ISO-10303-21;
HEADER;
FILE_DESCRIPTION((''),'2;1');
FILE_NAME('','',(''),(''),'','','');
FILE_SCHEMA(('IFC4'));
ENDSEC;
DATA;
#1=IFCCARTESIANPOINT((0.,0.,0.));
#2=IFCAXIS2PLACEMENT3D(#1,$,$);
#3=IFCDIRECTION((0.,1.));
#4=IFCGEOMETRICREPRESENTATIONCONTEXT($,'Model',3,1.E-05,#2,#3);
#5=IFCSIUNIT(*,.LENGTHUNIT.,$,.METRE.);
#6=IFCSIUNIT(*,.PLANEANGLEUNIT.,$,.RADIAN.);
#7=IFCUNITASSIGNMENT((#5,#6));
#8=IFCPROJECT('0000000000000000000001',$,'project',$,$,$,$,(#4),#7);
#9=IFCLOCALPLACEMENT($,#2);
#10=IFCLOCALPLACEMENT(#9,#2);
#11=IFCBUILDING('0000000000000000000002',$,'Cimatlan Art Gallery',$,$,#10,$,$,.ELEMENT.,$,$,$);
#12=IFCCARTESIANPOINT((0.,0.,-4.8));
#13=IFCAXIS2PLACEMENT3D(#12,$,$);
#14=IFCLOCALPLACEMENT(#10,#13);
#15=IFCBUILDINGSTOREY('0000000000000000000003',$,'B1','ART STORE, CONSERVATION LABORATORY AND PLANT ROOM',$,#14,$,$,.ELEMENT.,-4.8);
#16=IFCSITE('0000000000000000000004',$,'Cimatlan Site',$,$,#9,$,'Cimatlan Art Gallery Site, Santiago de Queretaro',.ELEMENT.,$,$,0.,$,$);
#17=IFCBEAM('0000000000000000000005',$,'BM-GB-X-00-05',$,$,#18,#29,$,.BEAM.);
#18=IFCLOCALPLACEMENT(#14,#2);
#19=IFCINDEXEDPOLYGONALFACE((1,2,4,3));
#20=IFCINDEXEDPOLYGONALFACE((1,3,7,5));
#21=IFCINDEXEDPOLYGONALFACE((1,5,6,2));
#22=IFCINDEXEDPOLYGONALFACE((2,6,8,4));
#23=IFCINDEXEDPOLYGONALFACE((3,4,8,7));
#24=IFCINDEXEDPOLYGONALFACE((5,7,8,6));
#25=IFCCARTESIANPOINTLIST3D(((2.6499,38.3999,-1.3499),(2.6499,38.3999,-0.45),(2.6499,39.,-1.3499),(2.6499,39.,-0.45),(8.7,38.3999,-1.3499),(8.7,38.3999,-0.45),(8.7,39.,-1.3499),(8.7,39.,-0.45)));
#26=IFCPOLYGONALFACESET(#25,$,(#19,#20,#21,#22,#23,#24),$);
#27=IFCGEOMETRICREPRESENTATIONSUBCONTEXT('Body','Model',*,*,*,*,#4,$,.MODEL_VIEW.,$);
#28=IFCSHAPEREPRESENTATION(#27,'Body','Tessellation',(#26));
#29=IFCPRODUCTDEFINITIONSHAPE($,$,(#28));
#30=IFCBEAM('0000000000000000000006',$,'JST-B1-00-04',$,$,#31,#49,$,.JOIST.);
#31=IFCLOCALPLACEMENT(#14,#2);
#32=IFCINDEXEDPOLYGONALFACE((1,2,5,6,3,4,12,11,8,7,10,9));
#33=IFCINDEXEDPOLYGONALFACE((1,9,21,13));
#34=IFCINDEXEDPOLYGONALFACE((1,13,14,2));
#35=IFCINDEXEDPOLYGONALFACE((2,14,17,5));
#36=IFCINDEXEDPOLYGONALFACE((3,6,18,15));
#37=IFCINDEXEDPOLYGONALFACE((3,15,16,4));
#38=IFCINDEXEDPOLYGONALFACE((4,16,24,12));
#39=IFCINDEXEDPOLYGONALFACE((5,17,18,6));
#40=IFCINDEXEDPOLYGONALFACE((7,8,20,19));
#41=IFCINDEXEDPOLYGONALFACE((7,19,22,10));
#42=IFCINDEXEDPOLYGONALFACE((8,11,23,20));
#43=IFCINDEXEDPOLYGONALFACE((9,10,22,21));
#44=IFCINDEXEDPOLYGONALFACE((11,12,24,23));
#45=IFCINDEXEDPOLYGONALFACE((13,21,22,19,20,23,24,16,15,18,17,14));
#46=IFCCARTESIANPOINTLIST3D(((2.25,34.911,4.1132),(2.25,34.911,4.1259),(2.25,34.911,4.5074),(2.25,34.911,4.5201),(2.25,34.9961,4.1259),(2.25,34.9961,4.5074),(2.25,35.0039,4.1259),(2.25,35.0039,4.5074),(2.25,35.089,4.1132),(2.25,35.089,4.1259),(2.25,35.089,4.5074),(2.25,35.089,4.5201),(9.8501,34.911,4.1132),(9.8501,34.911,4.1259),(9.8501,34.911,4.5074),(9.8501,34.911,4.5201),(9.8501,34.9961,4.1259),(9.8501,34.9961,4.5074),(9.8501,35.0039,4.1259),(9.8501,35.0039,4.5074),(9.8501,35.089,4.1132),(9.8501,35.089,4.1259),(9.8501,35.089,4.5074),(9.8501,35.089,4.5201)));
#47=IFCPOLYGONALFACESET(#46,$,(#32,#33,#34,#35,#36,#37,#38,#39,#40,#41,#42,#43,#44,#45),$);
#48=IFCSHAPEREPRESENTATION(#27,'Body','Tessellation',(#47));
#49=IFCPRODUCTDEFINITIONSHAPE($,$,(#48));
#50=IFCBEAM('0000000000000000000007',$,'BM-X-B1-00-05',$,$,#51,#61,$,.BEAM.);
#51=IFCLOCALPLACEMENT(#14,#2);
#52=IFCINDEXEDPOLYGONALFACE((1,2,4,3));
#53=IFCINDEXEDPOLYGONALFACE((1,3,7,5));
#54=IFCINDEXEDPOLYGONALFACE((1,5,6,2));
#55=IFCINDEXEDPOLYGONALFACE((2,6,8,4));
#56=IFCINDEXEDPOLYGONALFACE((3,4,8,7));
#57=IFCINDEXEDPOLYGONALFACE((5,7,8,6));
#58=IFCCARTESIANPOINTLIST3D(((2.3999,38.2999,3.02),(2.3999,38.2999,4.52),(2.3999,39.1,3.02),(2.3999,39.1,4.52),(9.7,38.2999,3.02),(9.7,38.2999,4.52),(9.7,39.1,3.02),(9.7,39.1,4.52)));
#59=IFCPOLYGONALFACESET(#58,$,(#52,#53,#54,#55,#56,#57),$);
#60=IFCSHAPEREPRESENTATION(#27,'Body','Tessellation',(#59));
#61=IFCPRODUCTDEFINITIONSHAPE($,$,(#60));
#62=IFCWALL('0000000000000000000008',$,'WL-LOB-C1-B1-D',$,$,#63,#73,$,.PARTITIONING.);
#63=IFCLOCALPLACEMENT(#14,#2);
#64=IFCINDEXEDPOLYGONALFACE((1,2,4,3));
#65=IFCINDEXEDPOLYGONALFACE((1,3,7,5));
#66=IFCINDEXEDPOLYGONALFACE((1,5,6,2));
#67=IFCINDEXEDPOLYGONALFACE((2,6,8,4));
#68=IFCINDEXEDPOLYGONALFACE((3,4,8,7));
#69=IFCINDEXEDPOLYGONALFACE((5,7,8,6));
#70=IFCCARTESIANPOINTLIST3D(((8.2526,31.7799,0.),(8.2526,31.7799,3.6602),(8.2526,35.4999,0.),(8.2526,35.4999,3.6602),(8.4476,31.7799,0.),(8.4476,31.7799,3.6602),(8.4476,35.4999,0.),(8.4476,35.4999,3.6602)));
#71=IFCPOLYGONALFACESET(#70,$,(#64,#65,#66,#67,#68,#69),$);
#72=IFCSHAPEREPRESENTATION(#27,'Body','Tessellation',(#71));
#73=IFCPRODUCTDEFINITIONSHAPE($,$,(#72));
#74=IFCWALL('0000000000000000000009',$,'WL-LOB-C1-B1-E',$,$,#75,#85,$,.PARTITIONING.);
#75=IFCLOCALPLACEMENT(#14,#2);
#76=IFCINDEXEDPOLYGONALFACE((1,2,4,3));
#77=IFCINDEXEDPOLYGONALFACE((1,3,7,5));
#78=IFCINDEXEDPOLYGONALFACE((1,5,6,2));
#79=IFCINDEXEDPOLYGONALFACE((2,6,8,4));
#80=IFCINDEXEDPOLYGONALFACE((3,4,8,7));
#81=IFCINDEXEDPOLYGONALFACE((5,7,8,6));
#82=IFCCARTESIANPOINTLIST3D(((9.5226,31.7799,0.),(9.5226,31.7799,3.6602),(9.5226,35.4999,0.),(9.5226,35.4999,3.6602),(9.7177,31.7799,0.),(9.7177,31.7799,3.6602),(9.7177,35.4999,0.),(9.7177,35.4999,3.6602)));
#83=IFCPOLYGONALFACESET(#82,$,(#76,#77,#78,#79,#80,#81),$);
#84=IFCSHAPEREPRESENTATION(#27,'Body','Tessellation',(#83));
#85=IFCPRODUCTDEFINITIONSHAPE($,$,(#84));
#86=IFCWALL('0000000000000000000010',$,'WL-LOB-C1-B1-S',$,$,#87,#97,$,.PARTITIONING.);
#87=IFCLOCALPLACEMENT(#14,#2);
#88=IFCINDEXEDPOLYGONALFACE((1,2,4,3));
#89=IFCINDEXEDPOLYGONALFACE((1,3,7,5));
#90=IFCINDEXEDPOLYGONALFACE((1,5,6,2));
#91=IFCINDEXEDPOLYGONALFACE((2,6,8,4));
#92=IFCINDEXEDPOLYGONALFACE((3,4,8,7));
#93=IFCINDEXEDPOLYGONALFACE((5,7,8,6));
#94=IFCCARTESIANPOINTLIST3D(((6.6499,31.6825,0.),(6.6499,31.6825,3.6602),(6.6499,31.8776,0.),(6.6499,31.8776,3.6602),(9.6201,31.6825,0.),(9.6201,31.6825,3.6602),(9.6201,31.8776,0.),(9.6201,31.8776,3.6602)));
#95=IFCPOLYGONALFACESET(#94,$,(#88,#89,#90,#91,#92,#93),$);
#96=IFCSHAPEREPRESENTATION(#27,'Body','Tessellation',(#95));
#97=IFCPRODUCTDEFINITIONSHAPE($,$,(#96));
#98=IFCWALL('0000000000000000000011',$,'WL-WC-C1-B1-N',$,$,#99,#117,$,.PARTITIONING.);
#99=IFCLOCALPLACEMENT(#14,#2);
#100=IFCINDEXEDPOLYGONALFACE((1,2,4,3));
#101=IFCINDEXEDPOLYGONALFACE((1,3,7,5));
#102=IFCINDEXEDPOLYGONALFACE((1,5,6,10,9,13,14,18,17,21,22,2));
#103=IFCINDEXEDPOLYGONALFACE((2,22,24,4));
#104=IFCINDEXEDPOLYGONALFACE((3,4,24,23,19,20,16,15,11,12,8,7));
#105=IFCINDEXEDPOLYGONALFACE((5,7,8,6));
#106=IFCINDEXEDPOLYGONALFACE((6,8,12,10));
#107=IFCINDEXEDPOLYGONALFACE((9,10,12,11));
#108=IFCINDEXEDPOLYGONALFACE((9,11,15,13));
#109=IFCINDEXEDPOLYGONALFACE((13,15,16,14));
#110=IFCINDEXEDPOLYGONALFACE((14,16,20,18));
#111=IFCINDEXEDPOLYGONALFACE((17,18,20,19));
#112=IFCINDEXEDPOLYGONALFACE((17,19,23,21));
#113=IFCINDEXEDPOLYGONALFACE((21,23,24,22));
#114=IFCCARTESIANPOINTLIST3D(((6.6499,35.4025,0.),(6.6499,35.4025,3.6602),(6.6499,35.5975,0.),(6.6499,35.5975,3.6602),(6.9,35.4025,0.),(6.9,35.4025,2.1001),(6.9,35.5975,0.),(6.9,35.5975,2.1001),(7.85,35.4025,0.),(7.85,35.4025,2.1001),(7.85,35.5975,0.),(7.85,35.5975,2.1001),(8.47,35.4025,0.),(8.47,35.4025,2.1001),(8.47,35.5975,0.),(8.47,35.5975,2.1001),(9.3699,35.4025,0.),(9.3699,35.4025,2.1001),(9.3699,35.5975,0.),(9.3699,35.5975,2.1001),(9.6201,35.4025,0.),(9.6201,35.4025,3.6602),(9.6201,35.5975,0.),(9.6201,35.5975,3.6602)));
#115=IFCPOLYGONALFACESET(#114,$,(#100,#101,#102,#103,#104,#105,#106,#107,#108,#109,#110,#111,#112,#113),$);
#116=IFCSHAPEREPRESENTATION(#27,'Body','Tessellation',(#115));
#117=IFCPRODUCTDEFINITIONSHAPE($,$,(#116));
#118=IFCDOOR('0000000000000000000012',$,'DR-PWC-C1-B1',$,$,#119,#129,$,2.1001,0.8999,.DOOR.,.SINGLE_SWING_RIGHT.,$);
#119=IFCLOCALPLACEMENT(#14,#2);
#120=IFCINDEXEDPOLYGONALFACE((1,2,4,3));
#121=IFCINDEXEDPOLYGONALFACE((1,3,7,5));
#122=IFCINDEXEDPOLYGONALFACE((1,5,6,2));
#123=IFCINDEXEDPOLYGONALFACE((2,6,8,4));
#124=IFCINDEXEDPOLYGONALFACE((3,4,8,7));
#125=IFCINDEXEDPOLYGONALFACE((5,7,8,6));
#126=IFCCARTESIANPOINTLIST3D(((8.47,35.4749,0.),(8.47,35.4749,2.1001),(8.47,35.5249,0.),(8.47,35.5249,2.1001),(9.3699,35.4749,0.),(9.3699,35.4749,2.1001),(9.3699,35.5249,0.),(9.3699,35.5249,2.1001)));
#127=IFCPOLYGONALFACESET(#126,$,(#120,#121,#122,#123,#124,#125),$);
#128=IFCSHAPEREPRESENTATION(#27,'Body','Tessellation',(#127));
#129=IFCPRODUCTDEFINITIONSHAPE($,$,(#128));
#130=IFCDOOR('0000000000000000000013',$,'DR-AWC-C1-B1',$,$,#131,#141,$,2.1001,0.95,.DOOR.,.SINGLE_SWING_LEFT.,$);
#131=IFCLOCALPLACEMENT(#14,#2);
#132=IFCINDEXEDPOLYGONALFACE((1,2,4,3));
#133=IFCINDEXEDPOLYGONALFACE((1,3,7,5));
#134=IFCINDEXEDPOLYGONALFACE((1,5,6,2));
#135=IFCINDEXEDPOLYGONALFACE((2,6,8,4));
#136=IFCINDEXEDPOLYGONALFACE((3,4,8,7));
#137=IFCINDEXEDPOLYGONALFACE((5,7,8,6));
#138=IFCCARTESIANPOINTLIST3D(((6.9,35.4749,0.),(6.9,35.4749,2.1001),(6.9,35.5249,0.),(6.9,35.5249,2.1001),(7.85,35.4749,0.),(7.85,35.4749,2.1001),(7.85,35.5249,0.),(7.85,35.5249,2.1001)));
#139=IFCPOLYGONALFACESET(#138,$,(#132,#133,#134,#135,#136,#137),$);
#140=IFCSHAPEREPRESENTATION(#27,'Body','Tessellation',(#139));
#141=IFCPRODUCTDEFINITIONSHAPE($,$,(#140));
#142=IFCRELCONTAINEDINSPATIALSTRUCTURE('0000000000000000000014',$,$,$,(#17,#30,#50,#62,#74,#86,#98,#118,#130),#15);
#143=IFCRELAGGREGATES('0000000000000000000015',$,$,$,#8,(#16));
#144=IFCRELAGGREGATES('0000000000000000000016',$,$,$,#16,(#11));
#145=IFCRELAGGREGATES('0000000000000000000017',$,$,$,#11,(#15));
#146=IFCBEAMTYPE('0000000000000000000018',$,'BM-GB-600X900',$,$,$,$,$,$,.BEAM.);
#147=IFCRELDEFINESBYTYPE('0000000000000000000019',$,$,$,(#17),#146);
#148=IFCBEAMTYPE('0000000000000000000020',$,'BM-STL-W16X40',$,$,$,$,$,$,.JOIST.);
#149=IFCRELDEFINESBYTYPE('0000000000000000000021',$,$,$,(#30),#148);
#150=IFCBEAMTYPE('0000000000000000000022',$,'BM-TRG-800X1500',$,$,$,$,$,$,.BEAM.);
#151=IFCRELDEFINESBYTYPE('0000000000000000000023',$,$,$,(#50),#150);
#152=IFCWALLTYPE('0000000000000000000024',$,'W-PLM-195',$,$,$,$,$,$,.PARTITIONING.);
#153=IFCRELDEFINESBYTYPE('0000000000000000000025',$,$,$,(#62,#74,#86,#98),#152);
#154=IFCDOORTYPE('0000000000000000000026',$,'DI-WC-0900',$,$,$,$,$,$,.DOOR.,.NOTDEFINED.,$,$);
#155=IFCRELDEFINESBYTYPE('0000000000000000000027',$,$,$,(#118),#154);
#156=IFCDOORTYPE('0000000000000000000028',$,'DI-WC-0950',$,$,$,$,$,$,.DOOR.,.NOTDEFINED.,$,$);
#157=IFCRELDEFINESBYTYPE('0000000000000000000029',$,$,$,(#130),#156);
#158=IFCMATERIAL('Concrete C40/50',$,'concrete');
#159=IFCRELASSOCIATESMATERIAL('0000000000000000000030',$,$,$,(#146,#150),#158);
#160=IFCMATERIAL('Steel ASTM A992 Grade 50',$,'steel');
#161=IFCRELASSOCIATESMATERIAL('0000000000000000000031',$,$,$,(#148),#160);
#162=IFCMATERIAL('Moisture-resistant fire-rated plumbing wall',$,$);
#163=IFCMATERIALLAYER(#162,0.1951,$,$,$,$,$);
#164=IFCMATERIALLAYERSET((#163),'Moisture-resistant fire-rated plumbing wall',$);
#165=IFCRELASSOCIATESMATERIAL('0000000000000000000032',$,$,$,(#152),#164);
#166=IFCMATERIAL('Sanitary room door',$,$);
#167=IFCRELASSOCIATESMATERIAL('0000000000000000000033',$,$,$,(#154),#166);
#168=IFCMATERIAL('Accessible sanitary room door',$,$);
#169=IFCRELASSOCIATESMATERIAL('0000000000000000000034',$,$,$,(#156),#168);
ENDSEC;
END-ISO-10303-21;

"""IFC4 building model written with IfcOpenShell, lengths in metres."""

from ifc_helpers import new_model, si_unit, direction, frame, frame_2d, origin, origin_2d, place, context, subcontext, project, spatial, rectangle, i_section, extrude, material, layer, layer_set, material_profile, profile_set, type_object, element, fill, save


model = new_model("IFC4")

# Units and contexts
model_context = context("Model", 3, precision=1e-05, world=origin(), true_north=direction((0.0, 1.0)))
body_context = subcontext(model_context, "Body", "Model", "MODEL_VIEW")
ifc_project = project(units=[si_unit("LENGTHUNIT", "METRE"), si_unit("PLANEANGLEUNIT", "RADIAN")], contexts=[model_context])

# Site, building, storey
site_placement = place(None, origin())
site = spatial("IfcSite", under=ifc_project, at=site_placement, Name="Cimatlan Site", LongName="Cimatlan Art Gallery Site, Santiago de Queretaro", CompositionType="ELEMENT", RefElevation=0.0)
building_placement = place(site_placement, origin())
building = spatial("IfcBuilding", under=site, at=building_placement, Name="Cimatlan Art Gallery", CompositionType="ELEMENT")
storey_placement = place(building_placement, frame((0.0, 0.0, -4.8)))
storey = spatial("IfcBuildingStorey", under=building, at=storey_placement, Name="B1", Description="ART STORE, CONSERVATION LABORATORY AND PLANT ROOM", CompositionType="ELEMENT", Elevation=-4.8)

# Shared definitions
ifc_material_1 = material(Name="Concrete C40/50", Category="concrete")

# Beams
ifc_material_profile_1 = material_profile(ifc_material_1, rectangle(XDim=0.6001, YDim=0.8999, at=origin_2d()), Name="RC600X900")
ifc_profile_set_1 = profile_set([ifc_material_profile_1], Name="Concrete C40/50")
beam_type_1 = type_object("IfcBeamType", Name="BM-GB-600X900", PredefinedType="BEAM", material=ifc_profile_set_1)
beam_1_placement = place(storey_placement, frame((2.6499, 38.7, -0.8999), z_axis=(1.0, 0.0, 0.0), x_axis=(0.0, 1.0, 0.0)))
element("IfcBeam", 1, at=beam_1_placement, inside=storey, type_object=beam_type_1, Name="BM-GB-X-00-05", PredefinedType="BEAM", context=body_context, shape_type="SweptSolid", body=[
    extrude(rectangle(XDim=0.6001, YDim=0.8999, at=origin_2d()), origin(), (0.0, 0.0, 1.0), 6.05),
])
ifc_material_2 = material(Name="Steel ASTM A992 Grade 50", Category="steel")
ifc_material_profile_2 = material_profile(ifc_material_2, i_section(OverallWidth=0.178, OverallDepth=0.407, WebThickness=0.0078, FlangeThickness=0.0127, at=origin_2d()), Name="W16X40")
ifc_profile_set_2 = profile_set([ifc_material_profile_2], Name="Steel ASTM A992 Grade 50")
beam_type_2 = type_object("IfcBeamType", Name="BM-STL-W16X40", PredefinedType="JOIST", material=ifc_profile_set_2)
beam_2_placement = place(storey_placement, frame((2.25, 35.0, 4.3167), z_axis=(1.0, 0.0, 0.0), x_axis=(0.0, 1.0, 0.0)))
element("IfcBeam", 2, at=beam_2_placement, inside=storey, type_object=beam_type_2, Name="JST-B1-00-04", PredefinedType="JOIST", context=body_context, shape_type="SweptSolid", body=[
    extrude(i_section(OverallWidth=0.178, OverallDepth=0.407, WebThickness=0.0078, FlangeThickness=0.0127, at=origin_2d()), origin(), (0.0, 0.0, 1.0), 7.6001),
])
ifc_material_profile_3 = material_profile(ifc_material_1, rectangle(XDim=0.8, YDim=1.5, at=origin_2d()), Name="RC800X1500")
ifc_profile_set_3 = profile_set([ifc_material_profile_3], Name="Concrete C40/50")
beam_type_3 = type_object("IfcBeamType", Name="BM-TRG-800X1500", PredefinedType="BEAM", material=ifc_profile_set_3)
beam_3_placement = place(storey_placement, frame((2.3999, 38.7, 3.77), z_axis=(1.0, 0.0, 0.0), x_axis=(0.0, 1.0, 0.0)))
element("IfcBeam", 3, at=beam_3_placement, inside=storey, type_object=beam_type_3, Name="BM-X-B1-00-05", PredefinedType="BEAM", context=body_context, shape_type="SweptSolid", body=[
    extrude(rectangle(XDim=0.8, YDim=1.5, at=origin_2d()), origin(), (0.0, 0.0, 1.0), 7.3),
])

# Walls
ifc_material_3 = material(Name="Moisture-resistant fire-rated plumbing wall")
ifc_layer_1 = layer(ifc_material_3, 0.1951)
ifc_layer_set_1 = layer_set([ifc_layer_1], Name="Moisture-resistant fire-rated plumbing wall")
wall_type_1 = type_object("IfcWallType", Name="W-PLM-195", PredefinedType="PARTITIONING", material=ifc_layer_set_1)
for number, where, z_axis, x_axis, name in (
    (4, (8.3501, 31.78, 0.0), (0.0, 0.0, 1.0), (0.0, 1.0, 0.0), "WL-LOB-C1-B1-D"),
    (5, (9.6201, 31.78, 0.0), (0.0, 0.0, 1.0), (0.0, 1.0, 0.0), "WL-LOB-C1-B1-E"),
):
    element("IfcWall", number, at=place(storey_placement, frame(where, z_axis=z_axis, x_axis=x_axis)), inside=storey, type_object=wall_type_1, Name=name, PredefinedType="PARTITIONING", context=body_context, shape_type="SweptSolid", body=[
        extrude(rectangle(XDim=3.72, YDim=0.1951, at=frame_2d((1.8599, 0.0))), origin(), (0.0, 0.0, 1.0), 3.6602),
    ])
wall_1_placement = place(storey_placement, frame((6.6499, 31.78, 0.0), z_axis=(0.0, 0.0, 1.0), x_axis=(1.0, 0.0, 0.0)))
element("IfcWall", 6, at=wall_1_placement, inside=storey, type_object=wall_type_1, Name="WL-LOB-C1-B1-S", PredefinedType="PARTITIONING", context=body_context, shape_type="SweptSolid", body=[
    extrude(rectangle(XDim=2.9702, YDim=0.1951, at=frame_2d((1.4851, 0.0))), origin(), (0.0, 0.0, 1.0), 3.6602),
])

# Wall, openings, doors
wall_2_placement = place(storey_placement, frame((6.6499, 35.5, 0.0), z_axis=(0.0, 0.0, 1.0), x_axis=(1.0, 0.0, 0.0)))
wall_2 = element("IfcWall", 7, at=wall_2_placement, inside=storey, type_object=wall_type_1, Name="WL-WC-C1-B1-N", PredefinedType="PARTITIONING", context=body_context, shape_type="SweptSolid", body=[
    extrude(rectangle(XDim=2.9702, YDim=0.1951, at=frame_2d((1.4851, 0.0))), origin(), (0.0, 0.0, 1.0), 3.6602),
])
opening_1_placement = place(wall_2_placement, frame((0.25, 0.0, 0.0)))
opening_1 = element("IfcOpeningElement", 8, at=opening_1_placement, cuts=wall_2, PredefinedType="OPENING", context=body_context, shape_type="SweptSolid", body=[
    extrude(rectangle(XDim=0.95, YDim=2.1001, at=frame_2d((0.4751, 1.05))), frame((0.0, 0.1074, 0.0), z_axis=(0.0, -1.0, 0.0), x_axis=(1.0, 0.0, 0.0)), (0.0, 0.0, 1.0), 0.2151),
])
opening_2_placement = place(wall_2_placement, frame((1.8201, 0.0, 0.0)))
opening_2 = element("IfcOpeningElement", 9, at=opening_2_placement, cuts=wall_2, PredefinedType="OPENING", context=body_context, shape_type="SweptSolid", body=[
    extrude(rectangle(XDim=0.8999, YDim=2.1001, at=frame_2d((0.45, 1.05))), frame((0.0, 0.1074, 0.0), z_axis=(0.0, -1.0, 0.0), x_axis=(1.0, 0.0, 0.0)), (0.0, 0.0, 1.0), 0.2151),
])
ifc_material_4 = material(Name="Sanitary room door")
door_type_1 = type_object("IfcDoorType", Name="DI-WC-0900", OperationType="NOTDEFINED", PredefinedType="DOOR", material=ifc_material_4)
door_1_placement = place(opening_2_placement, origin())
door_1 = element("IfcDoor", 10, at=door_1_placement, inside=storey, type_object=door_type_1, Name="DR-PWC-C1-B1", OperationType="SINGLE_SWING_RIGHT", OverallHeight=2.1001, OverallWidth=0.8999, PredefinedType="DOOR", context=body_context, shape_type="SweptSolid", body=[
    extrude(rectangle(XDim=0.8999, YDim=2.1001, at=frame_2d((0.45, 1.05))), frame((0.0, 0.0249, 0.0), z_axis=(0.0, -1.0, 0.0), x_axis=(1.0, 0.0, 0.0)), (0.0, 0.0, 1.0), 0.05),
])
fill(opening_2, door_1)
ifc_material_5 = material(Name="Accessible sanitary room door")
door_type_2 = type_object("IfcDoorType", Name="DI-WC-0950", OperationType="NOTDEFINED", PredefinedType="DOOR", material=ifc_material_5)
door_2_placement = place(opening_1_placement, origin())
door_2 = element("IfcDoor", 11, at=door_2_placement, inside=storey, type_object=door_type_2, Name="DR-AWC-C1-B1", OperationType="SINGLE_SWING_LEFT", OverallHeight=2.1001, OverallWidth=0.95, PredefinedType="DOOR", context=body_context, shape_type="SweptSolid", body=[
    extrude(rectangle(XDim=0.95, YDim=2.1001, at=frame_2d((0.4751, 1.05))), frame((0.0, 0.0249, 0.0), z_axis=(0.0, -1.0, 0.0), x_axis=(1.0, 0.0, 0.0)), (0.0, 0.0, 1.0), 0.05),
])
fill(opening_1, door_2)

save(model, "model.ifc")
